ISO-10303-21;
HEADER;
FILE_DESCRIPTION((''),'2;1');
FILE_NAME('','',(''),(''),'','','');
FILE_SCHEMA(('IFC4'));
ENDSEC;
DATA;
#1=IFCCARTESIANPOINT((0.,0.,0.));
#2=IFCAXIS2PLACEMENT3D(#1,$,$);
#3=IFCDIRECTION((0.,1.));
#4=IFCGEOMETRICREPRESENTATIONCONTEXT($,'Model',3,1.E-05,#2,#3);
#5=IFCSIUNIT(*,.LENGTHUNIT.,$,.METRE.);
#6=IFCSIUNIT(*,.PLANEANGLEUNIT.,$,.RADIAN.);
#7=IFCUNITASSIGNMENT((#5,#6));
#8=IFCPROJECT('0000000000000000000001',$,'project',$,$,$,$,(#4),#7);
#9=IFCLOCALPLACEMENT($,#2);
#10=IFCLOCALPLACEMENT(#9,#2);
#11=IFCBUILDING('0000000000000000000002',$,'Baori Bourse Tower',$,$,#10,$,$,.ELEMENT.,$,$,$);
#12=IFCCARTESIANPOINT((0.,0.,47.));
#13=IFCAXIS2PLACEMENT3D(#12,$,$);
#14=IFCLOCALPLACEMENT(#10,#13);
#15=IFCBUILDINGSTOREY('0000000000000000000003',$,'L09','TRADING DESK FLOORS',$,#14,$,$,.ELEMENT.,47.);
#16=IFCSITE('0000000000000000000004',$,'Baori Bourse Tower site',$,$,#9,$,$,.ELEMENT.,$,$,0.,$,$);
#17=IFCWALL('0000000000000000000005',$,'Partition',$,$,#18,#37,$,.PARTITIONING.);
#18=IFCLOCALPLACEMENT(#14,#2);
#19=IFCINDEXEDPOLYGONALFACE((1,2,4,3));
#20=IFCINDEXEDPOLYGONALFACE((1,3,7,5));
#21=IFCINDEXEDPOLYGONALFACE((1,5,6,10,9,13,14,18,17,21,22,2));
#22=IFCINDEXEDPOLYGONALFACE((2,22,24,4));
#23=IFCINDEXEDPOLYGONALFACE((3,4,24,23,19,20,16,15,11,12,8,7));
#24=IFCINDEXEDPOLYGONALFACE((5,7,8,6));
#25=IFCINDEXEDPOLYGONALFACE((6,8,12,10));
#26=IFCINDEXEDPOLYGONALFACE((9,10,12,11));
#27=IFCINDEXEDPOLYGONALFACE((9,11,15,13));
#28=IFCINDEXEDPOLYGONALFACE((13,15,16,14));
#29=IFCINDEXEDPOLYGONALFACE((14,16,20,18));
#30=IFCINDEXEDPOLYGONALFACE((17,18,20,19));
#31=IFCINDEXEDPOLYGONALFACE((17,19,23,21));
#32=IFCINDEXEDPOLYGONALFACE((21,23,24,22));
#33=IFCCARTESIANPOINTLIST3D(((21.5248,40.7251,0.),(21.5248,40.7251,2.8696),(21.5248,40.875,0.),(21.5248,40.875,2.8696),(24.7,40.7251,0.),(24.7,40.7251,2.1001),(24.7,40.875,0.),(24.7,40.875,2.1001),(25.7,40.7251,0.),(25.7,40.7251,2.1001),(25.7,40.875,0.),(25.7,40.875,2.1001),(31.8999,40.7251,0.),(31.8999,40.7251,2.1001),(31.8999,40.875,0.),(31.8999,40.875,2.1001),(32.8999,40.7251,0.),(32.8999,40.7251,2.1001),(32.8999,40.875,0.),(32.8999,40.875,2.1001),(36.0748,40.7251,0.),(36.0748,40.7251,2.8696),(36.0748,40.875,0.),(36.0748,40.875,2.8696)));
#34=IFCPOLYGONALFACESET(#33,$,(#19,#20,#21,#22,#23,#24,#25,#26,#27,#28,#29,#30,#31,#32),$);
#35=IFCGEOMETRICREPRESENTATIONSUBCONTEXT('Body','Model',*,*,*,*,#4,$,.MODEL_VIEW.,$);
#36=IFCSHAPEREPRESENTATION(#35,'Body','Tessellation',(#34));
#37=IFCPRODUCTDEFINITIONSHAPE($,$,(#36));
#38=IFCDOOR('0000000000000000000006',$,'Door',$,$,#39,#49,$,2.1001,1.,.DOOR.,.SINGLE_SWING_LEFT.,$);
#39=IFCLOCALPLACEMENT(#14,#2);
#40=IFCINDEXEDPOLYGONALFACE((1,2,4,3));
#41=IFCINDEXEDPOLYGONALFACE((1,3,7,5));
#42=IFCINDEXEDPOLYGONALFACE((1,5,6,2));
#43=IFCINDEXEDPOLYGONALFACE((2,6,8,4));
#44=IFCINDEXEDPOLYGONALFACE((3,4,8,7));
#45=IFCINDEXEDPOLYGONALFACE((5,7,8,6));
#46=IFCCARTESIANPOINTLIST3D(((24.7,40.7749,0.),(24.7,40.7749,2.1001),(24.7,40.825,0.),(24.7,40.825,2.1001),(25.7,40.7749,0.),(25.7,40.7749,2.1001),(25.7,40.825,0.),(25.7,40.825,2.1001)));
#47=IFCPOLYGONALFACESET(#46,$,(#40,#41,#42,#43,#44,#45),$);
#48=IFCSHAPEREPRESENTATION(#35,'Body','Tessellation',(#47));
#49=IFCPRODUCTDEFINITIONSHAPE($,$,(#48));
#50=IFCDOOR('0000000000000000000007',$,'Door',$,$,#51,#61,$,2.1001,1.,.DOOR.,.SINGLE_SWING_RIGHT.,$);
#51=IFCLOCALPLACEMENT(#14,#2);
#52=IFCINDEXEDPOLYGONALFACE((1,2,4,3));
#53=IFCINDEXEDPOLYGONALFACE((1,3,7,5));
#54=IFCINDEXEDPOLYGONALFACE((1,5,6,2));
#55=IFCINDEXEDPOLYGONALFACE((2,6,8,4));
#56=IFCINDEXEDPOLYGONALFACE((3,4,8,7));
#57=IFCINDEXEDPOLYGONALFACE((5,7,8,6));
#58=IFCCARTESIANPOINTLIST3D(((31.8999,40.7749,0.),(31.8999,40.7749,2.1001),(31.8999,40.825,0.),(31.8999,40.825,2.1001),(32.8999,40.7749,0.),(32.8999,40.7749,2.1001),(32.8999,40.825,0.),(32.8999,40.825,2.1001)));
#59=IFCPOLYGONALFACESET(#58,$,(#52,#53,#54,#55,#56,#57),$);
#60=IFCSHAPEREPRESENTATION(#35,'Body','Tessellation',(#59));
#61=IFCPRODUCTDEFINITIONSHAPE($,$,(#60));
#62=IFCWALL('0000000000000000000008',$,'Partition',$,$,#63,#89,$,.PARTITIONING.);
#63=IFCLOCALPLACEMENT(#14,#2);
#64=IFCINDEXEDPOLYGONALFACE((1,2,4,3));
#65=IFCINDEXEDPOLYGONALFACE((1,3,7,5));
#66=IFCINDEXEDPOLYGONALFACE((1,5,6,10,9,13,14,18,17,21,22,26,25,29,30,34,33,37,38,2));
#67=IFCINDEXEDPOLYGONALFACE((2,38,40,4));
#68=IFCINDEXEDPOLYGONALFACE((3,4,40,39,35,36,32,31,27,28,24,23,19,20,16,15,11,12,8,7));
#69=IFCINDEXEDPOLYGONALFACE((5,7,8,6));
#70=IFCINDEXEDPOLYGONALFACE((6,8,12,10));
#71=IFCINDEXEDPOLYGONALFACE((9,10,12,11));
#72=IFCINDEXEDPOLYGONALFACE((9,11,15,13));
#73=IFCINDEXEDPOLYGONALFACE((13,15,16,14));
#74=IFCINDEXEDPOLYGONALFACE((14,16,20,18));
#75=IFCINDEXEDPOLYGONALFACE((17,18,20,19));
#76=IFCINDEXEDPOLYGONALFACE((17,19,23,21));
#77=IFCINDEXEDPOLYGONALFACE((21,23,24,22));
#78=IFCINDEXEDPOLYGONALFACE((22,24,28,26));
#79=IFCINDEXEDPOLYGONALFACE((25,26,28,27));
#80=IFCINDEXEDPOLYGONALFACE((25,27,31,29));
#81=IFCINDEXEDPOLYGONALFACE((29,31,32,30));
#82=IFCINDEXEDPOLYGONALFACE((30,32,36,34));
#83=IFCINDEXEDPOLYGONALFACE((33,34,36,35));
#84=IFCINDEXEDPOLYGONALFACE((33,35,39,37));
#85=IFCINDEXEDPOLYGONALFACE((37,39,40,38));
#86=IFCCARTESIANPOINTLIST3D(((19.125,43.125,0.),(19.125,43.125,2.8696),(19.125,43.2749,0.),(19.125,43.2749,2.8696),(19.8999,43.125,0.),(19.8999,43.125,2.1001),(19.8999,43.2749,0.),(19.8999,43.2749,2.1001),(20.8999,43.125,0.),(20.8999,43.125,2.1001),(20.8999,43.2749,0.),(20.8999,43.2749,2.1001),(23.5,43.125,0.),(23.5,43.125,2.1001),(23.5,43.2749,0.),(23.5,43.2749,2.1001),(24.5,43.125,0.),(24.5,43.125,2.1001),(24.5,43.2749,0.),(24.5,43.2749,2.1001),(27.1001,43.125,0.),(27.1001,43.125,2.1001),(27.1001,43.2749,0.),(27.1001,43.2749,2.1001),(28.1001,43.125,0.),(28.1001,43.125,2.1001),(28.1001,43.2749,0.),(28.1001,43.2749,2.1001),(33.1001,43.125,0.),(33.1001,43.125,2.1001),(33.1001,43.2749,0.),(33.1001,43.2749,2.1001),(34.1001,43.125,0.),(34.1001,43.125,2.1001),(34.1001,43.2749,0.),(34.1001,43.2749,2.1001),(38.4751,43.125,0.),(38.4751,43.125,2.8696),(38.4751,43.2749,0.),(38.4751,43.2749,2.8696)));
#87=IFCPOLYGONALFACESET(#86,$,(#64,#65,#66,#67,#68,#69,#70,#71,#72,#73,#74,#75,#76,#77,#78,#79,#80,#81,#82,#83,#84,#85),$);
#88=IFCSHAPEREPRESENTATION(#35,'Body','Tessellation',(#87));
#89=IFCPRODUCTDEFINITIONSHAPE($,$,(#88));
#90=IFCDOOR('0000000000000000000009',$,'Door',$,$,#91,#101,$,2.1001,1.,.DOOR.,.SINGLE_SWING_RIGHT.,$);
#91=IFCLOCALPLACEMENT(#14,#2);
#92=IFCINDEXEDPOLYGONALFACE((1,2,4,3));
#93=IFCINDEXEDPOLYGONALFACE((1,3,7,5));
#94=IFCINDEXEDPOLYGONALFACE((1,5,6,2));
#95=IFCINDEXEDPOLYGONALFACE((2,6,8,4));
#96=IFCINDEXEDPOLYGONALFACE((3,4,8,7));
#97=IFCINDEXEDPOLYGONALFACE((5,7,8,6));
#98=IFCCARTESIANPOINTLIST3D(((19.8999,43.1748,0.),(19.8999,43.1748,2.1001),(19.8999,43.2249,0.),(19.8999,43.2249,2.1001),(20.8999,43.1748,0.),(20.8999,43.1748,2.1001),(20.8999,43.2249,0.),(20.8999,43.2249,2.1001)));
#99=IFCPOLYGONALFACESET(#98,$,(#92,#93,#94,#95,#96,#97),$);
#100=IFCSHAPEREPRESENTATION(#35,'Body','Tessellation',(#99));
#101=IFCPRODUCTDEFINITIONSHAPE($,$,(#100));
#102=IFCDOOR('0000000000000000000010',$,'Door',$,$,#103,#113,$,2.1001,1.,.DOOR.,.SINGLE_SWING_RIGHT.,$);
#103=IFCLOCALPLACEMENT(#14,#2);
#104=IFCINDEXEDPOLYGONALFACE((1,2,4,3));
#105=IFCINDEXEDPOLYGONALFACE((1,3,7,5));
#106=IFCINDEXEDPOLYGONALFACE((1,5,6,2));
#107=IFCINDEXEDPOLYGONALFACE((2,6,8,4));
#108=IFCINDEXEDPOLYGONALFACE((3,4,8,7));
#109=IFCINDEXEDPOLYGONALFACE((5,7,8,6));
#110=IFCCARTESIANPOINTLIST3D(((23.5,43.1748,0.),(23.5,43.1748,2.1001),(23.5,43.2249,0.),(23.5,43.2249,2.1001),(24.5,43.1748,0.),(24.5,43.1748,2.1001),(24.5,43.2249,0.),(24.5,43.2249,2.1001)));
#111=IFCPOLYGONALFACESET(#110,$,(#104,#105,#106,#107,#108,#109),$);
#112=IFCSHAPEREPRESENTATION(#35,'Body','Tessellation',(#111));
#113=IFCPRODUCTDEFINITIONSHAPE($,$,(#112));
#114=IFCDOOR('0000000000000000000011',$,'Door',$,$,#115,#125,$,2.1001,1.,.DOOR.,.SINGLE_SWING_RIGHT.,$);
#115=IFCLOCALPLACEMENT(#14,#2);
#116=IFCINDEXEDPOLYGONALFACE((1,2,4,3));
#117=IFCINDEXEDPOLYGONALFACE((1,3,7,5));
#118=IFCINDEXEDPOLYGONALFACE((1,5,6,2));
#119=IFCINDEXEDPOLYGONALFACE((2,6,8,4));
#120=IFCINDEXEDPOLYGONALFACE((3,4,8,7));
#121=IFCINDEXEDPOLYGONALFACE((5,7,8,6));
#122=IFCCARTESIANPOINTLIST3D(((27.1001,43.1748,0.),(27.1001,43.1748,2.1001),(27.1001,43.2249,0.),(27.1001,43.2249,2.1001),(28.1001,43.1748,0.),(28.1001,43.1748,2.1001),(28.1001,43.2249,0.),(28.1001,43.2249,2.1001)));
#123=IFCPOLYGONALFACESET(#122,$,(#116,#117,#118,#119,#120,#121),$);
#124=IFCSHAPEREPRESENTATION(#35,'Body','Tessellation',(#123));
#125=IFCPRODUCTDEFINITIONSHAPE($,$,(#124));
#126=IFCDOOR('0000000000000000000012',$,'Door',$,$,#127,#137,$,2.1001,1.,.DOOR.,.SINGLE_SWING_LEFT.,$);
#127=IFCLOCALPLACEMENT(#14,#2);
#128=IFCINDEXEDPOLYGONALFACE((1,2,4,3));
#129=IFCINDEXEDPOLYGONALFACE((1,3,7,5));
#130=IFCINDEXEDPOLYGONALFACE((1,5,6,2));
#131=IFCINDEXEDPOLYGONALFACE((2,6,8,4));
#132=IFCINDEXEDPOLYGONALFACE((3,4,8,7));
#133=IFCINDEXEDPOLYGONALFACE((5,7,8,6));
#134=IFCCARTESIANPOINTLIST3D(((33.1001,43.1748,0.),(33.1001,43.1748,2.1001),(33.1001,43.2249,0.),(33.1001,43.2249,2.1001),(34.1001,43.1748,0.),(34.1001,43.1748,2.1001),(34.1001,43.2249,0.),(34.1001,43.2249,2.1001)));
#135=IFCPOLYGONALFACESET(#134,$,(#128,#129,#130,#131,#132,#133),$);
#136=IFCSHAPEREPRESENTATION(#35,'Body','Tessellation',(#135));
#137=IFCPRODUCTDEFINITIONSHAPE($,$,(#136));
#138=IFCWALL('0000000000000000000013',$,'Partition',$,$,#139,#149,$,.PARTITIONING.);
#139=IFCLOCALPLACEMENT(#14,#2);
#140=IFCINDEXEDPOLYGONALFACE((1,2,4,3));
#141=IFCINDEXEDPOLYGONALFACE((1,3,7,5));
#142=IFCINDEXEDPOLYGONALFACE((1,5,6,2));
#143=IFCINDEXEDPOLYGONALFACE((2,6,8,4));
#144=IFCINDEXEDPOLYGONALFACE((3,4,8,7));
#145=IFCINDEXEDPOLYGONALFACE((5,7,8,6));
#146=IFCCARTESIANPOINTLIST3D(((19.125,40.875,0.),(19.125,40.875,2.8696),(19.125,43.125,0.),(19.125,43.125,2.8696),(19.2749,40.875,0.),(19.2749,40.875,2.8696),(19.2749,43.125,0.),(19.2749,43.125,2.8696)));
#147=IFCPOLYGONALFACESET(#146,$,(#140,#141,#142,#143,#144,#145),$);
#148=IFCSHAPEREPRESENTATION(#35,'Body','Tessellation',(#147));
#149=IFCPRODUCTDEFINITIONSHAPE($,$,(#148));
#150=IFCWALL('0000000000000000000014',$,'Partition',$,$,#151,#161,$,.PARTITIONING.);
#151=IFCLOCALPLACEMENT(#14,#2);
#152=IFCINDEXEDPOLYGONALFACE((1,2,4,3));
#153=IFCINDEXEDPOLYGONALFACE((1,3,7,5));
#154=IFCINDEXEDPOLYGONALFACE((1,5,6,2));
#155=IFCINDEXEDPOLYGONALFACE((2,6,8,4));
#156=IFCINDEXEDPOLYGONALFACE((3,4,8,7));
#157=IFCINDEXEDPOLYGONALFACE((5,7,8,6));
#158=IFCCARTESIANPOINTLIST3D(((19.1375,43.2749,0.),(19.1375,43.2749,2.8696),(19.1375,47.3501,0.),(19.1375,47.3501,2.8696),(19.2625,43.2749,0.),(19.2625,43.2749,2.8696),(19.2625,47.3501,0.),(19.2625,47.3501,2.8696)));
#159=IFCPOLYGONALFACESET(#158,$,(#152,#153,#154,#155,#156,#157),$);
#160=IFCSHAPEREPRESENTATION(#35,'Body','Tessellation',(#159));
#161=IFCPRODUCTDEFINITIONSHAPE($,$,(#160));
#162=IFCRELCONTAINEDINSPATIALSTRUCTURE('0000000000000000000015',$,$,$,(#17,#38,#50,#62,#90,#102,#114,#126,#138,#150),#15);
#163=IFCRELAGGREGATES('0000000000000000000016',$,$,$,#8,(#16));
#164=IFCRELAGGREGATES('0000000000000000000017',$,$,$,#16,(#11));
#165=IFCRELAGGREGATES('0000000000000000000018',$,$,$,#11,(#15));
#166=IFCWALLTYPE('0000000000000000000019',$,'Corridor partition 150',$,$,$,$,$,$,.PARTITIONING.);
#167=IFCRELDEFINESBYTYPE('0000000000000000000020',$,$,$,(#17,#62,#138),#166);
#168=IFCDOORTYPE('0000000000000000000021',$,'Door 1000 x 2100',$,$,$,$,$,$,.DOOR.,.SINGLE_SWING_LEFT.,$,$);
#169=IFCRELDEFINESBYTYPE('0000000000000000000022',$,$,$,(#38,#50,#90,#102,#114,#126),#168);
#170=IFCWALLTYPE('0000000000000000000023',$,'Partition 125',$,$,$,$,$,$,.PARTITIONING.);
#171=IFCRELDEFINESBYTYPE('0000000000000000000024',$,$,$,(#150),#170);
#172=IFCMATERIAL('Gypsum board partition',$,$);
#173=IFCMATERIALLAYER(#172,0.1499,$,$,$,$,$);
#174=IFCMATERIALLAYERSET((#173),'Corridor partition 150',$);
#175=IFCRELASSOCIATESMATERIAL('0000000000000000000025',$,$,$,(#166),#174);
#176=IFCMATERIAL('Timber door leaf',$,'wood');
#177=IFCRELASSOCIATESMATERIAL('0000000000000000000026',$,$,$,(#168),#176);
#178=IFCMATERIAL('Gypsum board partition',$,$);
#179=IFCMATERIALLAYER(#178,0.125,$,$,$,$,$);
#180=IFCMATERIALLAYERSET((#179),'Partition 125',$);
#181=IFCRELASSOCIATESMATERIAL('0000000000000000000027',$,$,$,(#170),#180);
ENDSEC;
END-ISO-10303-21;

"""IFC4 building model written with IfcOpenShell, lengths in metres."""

from ifc_helpers import new_model, si_unit, direction, frame, frame_2d, origin, place, context, subcontext, project, spatial, rectangle, extrude, material, layer, layer_set, type_object, element, fill, save


model = new_model("IFC4")

# Units and contexts
model_context = context("Model", 3, precision=1e-05, world=origin(), true_north=direction((0.0, 1.0)))
body_context = subcontext(model_context, "Body", "Model", "MODEL_VIEW")
ifc_project = project(units=[si_unit("LENGTHUNIT", "METRE"), si_unit("PLANEANGLEUNIT", "RADIAN")], contexts=[model_context])

# Site, building, storey
site_placement = place(None, origin())
site = spatial("IfcSite", under=ifc_project, at=site_placement, Name="Baori Bourse Tower site", CompositionType="ELEMENT", RefElevation=0.0)
building_placement = place(site_placement, origin())
building = spatial("IfcBuilding", under=site, at=building_placement, Name="Baori Bourse Tower", CompositionType="ELEMENT")
storey_placement = place(building_placement, frame((0.0, 0.0, 47.0)))
storey = spatial("IfcBuildingStorey", under=building, at=storey_placement, Name="L09", Description="TRADING DESK FLOORS", CompositionType="ELEMENT", Elevation=47.0)

# Walls, openings, doors
ifc_material_1 = material(Name="Gypsum board partition")
ifc_layer_1 = layer(ifc_material_1, 0.1499)
ifc_layer_set_1 = layer_set([ifc_layer_1], Name="Corridor partition 150")
wall_type_1 = type_object("IfcWallType", Name="Corridor partition 150", PredefinedType="PARTITIONING", material=ifc_layer_set_1)
wall_1_placement = place(storey_placement, frame((21.5249, 40.8, 0.0), z_axis=(0.0, 0.0, 1.0), x_axis=(1.0, 0.0, 0.0)))
wall_1 = element("IfcWall", 1, at=wall_1_placement, inside=storey, type_object=wall_type_1, Name="Partition", PredefinedType="PARTITIONING", context=body_context, shape_type="SweptSolid", body=[
    extrude(rectangle(XDim=14.55, YDim=0.1499, at=frame_2d((7.2749, 0.0))), origin(), (0.0, 0.0, 1.0), 2.8696),
])
opening_1_placement = place(wall_1_placement, frame((3.175, 0.0, 0.0)))
opening_1 = element("IfcOpeningElement", 2, at=opening_1_placement, cuts=wall_1, PredefinedType="OPENING", context=body_context, shape_type="SweptSolid", body=[
    extrude(rectangle(XDim=1.0, YDim=2.1001, at=frame_2d((0.5, 1.05))), frame((0.0, 0.085, 0.0), z_axis=(0.0, -1.0, 0.0), x_axis=(1.0, 0.0, 0.0)), (0.0, 0.0, 1.0), 0.1699),
])
opening_2_placement = place(wall_1_placement, frame((10.375, 0.0, 0.0)))
opening_2 = element("IfcOpeningElement", 3, at=opening_2_placement, cuts=wall_1, PredefinedType="OPENING", context=body_context, shape_type="SweptSolid", body=[
    extrude(rectangle(XDim=1.0, YDim=2.1001, at=frame_2d((0.5, 1.05))), frame((0.0, 0.085, 0.0), z_axis=(0.0, -1.0, 0.0), x_axis=(1.0, 0.0, 0.0)), (0.0, 0.0, 1.0), 0.1699),
])
ifc_material_2 = material(Name="Timber door leaf", Category="wood")
door_type_1 = type_object("IfcDoorType", Name="Door 1000 x 2100", OperationType="SINGLE_SWING_LEFT", PredefinedType="DOOR", material=ifc_material_2)
door_1_placement = place(opening_1_placement, origin())
door_1 = element("IfcDoor", 4, at=door_1_placement, inside=storey, type_object=door_type_1, Name="Door", OperationType="SINGLE_SWING_LEFT", OverallHeight=2.1001, OverallWidth=1.0, PredefinedType="DOOR", context=body_context, shape_type="SweptSolid", body=[
    extrude(rectangle(XDim=1.0, YDim=2.1001, at=frame_2d((0.5, 1.05))), frame((0.0, 0.0249, 0.0), z_axis=(0.0, -1.0, 0.0), x_axis=(1.0, 0.0, 0.0)), (0.0, 0.0, 1.0), 0.05),
])
fill(opening_1, door_1)
door_2_placement = place(opening_2_placement, origin())
door_2 = element("IfcDoor", 5, at=door_2_placement, inside=storey, type_object=door_type_1, Name="Door", OperationType="SINGLE_SWING_RIGHT", OverallHeight=2.1001, OverallWidth=1.0, PredefinedType="DOOR", context=body_context, shape_type="SweptSolid", body=[
    extrude(rectangle(XDim=1.0, YDim=2.1001, at=frame_2d((0.5, 1.05))), frame((0.0, 0.0249, 0.0), z_axis=(0.0, -1.0, 0.0), x_axis=(1.0, 0.0, 0.0)), (0.0, 0.0, 1.0), 0.05),
])
fill(opening_2, door_2)
wall_2_placement = place(storey_placement, frame((19.125, 43.2, 0.0), z_axis=(0.0, 0.0, 1.0), x_axis=(1.0, 0.0, 0.0)))
wall_2 = element("IfcWall", 6, at=wall_2_placement, inside=storey, type_object=wall_type_1, Name="Partition", PredefinedType="PARTITIONING", context=body_context, shape_type="SweptSolid", body=[
    extrude(rectangle(XDim=19.3501, YDim=0.1499, at=frame_2d((9.675, 0.0))), origin(), (0.0, 0.0, 1.0), 2.8696),
])
opening_3_placement = place(wall_2_placement, frame((0.7749, 0.0, 0.0)))
opening_3 = element("IfcOpeningElement", 7, at=opening_3_placement, cuts=wall_2, PredefinedType="OPENING", context=body_context, shape_type="SweptSolid", body=[
    extrude(rectangle(XDim=1.0, YDim=2.1001, at=frame_2d((0.5, 1.05))), frame((0.0, 0.085, 0.0), z_axis=(0.0, -1.0, 0.0), x_axis=(1.0, 0.0, 0.0)), (0.0, 0.0, 1.0), 0.1699),
])
opening_4_placement = place(wall_2_placement, frame((4.375, 0.0, 0.0)))
opening_4 = element("IfcOpeningElement", 8, at=opening_4_placement, cuts=wall_2, PredefinedType="OPENING", context=body_context, shape_type="SweptSolid", body=[
    extrude(rectangle(XDim=1.0, YDim=2.1001, at=frame_2d((0.5, 1.05))), frame((0.0, 0.085, 0.0), z_axis=(0.0, -1.0, 0.0), x_axis=(1.0, 0.0, 0.0)), (0.0, 0.0, 1.0), 0.1699),
])
opening_5_placement = place(wall_2_placement, frame((7.9751, 0.0, 0.0)))
opening_5 = element("IfcOpeningElement", 9, at=opening_5_placement, cuts=wall_2, PredefinedType="OPENING", context=body_context, shape_type="SweptSolid", body=[
    extrude(rectangle(XDim=1.0, YDim=2.1001, at=frame_2d((0.5, 1.05))), frame((0.0, 0.085, 0.0), z_axis=(0.0, -1.0, 0.0), x_axis=(1.0, 0.0, 0.0)), (0.0, 0.0, 1.0), 0.1699),
])
opening_6_placement = place(wall_2_placement, frame((13.9751, 0.0, 0.0)))
opening_6 = element("IfcOpeningElement", 10, at=opening_6_placement, cuts=wall_2, PredefinedType="OPENING", context=body_context, shape_type="SweptSolid", body=[
    extrude(rectangle(XDim=1.0, YDim=2.1001, at=frame_2d((0.5, 1.05))), frame((0.0, 0.085, 0.0), z_axis=(0.0, -1.0, 0.0), x_axis=(1.0, 0.0, 0.0)), (0.0, 0.0, 1.0), 0.1699),
])
door_3_placement = place(opening_3_placement, origin())
door_3 = element("IfcDoor", 11, at=door_3_placement, inside=storey, type_object=door_type_1, Name="Door", OperationType="SINGLE_SWING_RIGHT", OverallHeight=2.1001, OverallWidth=1.0, PredefinedType="DOOR", context=body_context, shape_type="SweptSolid", body=[
    extrude(rectangle(XDim=1.0, YDim=2.1001, at=frame_2d((0.5, 1.05))), frame((0.0, 0.0249, 0.0), z_axis=(0.0, -1.0, 0.0), x_axis=(1.0, 0.0, 0.0)), (0.0, 0.0, 1.0), 0.05),
])
fill(opening_3, door_3)
door_4_placement = place(opening_4_placement, origin())
door_4 = element("IfcDoor", 12, at=door_4_placement, inside=storey, type_object=door_type_1, Name="Door", OperationType="SINGLE_SWING_RIGHT", OverallHeight=2.1001, OverallWidth=1.0, PredefinedType="DOOR", context=body_context, shape_type="SweptSolid", body=[
    extrude(rectangle(XDim=1.0, YDim=2.1001, at=frame_2d((0.5, 1.05))), frame((0.0, 0.0249, 0.0), z_axis=(0.0, -1.0, 0.0), x_axis=(1.0, 0.0, 0.0)), (0.0, 0.0, 1.0), 0.05),
])
fill(opening_4, door_4)
door_5_placement = place(opening_5_placement, origin())
door_5 = element("IfcDoor", 13, at=door_5_placement, inside=storey, type_object=door_type_1, Name="Door", OperationType="SINGLE_SWING_RIGHT", OverallHeight=2.1001, OverallWidth=1.0, PredefinedType="DOOR", context=body_context, shape_type="SweptSolid", body=[
    extrude(rectangle(XDim=1.0, YDim=2.1001, at=frame_2d((0.5, 1.05))), frame((0.0, 0.0249, 0.0), z_axis=(0.0, -1.0, 0.0), x_axis=(1.0, 0.0, 0.0)), (0.0, 0.0, 1.0), 0.05),
])
fill(opening_5, door_5)
door_6_placement = place(opening_6_placement, origin())
door_6 = element("IfcDoor", 14, at=door_6_placement, inside=storey, type_object=door_type_1, Name="Door", OperationType="SINGLE_SWING_LEFT", OverallHeight=2.1001, OverallWidth=1.0, PredefinedType="DOOR", context=body_context, shape_type="SweptSolid", body=[
    extrude(rectangle(XDim=1.0, YDim=2.1001, at=frame_2d((0.5, 1.05))), frame((0.0, 0.0249, 0.0), z_axis=(0.0, -1.0, 0.0), x_axis=(1.0, 0.0, 0.0)), (0.0, 0.0, 1.0), 0.05),
])
fill(opening_6, door_6)

# Walls
wall_3_placement = place(storey_placement, frame((19.2, 40.875, 0.0), z_axis=(0.0, 0.0, 1.0), x_axis=(0.0, 1.0, 0.0)))
element("IfcWall", 15, at=wall_3_placement, inside=storey, type_object=wall_type_1, Name="Partition", PredefinedType="PARTITIONING", context=body_context, shape_type="SweptSolid", body=[
    extrude(rectangle(XDim=2.25, YDim=0.1499, at=frame_2d((1.125, 0.0))), origin(), (0.0, 0.0, 1.0), 2.8696),
])
ifc_material_3 = material(Name="Gypsum board partition")
ifc_layer_2 = layer(ifc_material_3, 0.125)
ifc_layer_set_2 = layer_set([ifc_layer_2], Name="Partition 125")
wall_type_2 = type_object("IfcWallType", Name="Partition 125", PredefinedType="PARTITIONING", material=ifc_layer_set_2)
wall_4_placement = place(storey_placement, frame((19.2, 43.2749, 0.0), z_axis=(0.0, 0.0, 1.0), x_axis=(0.0, 1.0, 0.0)))
element("IfcWall", 16, at=wall_4_placement, inside=storey, type_object=wall_type_2, Name="Partition", PredefinedType="PARTITIONING", context=body_context, shape_type="SweptSolid", body=[
    extrude(rectangle(XDim=4.0752, YDim=0.125, at=frame_2d((2.0376, 0.0))), origin(), (0.0, 0.0, 1.0), 2.8696),
])

save(model, "model.ifc")
